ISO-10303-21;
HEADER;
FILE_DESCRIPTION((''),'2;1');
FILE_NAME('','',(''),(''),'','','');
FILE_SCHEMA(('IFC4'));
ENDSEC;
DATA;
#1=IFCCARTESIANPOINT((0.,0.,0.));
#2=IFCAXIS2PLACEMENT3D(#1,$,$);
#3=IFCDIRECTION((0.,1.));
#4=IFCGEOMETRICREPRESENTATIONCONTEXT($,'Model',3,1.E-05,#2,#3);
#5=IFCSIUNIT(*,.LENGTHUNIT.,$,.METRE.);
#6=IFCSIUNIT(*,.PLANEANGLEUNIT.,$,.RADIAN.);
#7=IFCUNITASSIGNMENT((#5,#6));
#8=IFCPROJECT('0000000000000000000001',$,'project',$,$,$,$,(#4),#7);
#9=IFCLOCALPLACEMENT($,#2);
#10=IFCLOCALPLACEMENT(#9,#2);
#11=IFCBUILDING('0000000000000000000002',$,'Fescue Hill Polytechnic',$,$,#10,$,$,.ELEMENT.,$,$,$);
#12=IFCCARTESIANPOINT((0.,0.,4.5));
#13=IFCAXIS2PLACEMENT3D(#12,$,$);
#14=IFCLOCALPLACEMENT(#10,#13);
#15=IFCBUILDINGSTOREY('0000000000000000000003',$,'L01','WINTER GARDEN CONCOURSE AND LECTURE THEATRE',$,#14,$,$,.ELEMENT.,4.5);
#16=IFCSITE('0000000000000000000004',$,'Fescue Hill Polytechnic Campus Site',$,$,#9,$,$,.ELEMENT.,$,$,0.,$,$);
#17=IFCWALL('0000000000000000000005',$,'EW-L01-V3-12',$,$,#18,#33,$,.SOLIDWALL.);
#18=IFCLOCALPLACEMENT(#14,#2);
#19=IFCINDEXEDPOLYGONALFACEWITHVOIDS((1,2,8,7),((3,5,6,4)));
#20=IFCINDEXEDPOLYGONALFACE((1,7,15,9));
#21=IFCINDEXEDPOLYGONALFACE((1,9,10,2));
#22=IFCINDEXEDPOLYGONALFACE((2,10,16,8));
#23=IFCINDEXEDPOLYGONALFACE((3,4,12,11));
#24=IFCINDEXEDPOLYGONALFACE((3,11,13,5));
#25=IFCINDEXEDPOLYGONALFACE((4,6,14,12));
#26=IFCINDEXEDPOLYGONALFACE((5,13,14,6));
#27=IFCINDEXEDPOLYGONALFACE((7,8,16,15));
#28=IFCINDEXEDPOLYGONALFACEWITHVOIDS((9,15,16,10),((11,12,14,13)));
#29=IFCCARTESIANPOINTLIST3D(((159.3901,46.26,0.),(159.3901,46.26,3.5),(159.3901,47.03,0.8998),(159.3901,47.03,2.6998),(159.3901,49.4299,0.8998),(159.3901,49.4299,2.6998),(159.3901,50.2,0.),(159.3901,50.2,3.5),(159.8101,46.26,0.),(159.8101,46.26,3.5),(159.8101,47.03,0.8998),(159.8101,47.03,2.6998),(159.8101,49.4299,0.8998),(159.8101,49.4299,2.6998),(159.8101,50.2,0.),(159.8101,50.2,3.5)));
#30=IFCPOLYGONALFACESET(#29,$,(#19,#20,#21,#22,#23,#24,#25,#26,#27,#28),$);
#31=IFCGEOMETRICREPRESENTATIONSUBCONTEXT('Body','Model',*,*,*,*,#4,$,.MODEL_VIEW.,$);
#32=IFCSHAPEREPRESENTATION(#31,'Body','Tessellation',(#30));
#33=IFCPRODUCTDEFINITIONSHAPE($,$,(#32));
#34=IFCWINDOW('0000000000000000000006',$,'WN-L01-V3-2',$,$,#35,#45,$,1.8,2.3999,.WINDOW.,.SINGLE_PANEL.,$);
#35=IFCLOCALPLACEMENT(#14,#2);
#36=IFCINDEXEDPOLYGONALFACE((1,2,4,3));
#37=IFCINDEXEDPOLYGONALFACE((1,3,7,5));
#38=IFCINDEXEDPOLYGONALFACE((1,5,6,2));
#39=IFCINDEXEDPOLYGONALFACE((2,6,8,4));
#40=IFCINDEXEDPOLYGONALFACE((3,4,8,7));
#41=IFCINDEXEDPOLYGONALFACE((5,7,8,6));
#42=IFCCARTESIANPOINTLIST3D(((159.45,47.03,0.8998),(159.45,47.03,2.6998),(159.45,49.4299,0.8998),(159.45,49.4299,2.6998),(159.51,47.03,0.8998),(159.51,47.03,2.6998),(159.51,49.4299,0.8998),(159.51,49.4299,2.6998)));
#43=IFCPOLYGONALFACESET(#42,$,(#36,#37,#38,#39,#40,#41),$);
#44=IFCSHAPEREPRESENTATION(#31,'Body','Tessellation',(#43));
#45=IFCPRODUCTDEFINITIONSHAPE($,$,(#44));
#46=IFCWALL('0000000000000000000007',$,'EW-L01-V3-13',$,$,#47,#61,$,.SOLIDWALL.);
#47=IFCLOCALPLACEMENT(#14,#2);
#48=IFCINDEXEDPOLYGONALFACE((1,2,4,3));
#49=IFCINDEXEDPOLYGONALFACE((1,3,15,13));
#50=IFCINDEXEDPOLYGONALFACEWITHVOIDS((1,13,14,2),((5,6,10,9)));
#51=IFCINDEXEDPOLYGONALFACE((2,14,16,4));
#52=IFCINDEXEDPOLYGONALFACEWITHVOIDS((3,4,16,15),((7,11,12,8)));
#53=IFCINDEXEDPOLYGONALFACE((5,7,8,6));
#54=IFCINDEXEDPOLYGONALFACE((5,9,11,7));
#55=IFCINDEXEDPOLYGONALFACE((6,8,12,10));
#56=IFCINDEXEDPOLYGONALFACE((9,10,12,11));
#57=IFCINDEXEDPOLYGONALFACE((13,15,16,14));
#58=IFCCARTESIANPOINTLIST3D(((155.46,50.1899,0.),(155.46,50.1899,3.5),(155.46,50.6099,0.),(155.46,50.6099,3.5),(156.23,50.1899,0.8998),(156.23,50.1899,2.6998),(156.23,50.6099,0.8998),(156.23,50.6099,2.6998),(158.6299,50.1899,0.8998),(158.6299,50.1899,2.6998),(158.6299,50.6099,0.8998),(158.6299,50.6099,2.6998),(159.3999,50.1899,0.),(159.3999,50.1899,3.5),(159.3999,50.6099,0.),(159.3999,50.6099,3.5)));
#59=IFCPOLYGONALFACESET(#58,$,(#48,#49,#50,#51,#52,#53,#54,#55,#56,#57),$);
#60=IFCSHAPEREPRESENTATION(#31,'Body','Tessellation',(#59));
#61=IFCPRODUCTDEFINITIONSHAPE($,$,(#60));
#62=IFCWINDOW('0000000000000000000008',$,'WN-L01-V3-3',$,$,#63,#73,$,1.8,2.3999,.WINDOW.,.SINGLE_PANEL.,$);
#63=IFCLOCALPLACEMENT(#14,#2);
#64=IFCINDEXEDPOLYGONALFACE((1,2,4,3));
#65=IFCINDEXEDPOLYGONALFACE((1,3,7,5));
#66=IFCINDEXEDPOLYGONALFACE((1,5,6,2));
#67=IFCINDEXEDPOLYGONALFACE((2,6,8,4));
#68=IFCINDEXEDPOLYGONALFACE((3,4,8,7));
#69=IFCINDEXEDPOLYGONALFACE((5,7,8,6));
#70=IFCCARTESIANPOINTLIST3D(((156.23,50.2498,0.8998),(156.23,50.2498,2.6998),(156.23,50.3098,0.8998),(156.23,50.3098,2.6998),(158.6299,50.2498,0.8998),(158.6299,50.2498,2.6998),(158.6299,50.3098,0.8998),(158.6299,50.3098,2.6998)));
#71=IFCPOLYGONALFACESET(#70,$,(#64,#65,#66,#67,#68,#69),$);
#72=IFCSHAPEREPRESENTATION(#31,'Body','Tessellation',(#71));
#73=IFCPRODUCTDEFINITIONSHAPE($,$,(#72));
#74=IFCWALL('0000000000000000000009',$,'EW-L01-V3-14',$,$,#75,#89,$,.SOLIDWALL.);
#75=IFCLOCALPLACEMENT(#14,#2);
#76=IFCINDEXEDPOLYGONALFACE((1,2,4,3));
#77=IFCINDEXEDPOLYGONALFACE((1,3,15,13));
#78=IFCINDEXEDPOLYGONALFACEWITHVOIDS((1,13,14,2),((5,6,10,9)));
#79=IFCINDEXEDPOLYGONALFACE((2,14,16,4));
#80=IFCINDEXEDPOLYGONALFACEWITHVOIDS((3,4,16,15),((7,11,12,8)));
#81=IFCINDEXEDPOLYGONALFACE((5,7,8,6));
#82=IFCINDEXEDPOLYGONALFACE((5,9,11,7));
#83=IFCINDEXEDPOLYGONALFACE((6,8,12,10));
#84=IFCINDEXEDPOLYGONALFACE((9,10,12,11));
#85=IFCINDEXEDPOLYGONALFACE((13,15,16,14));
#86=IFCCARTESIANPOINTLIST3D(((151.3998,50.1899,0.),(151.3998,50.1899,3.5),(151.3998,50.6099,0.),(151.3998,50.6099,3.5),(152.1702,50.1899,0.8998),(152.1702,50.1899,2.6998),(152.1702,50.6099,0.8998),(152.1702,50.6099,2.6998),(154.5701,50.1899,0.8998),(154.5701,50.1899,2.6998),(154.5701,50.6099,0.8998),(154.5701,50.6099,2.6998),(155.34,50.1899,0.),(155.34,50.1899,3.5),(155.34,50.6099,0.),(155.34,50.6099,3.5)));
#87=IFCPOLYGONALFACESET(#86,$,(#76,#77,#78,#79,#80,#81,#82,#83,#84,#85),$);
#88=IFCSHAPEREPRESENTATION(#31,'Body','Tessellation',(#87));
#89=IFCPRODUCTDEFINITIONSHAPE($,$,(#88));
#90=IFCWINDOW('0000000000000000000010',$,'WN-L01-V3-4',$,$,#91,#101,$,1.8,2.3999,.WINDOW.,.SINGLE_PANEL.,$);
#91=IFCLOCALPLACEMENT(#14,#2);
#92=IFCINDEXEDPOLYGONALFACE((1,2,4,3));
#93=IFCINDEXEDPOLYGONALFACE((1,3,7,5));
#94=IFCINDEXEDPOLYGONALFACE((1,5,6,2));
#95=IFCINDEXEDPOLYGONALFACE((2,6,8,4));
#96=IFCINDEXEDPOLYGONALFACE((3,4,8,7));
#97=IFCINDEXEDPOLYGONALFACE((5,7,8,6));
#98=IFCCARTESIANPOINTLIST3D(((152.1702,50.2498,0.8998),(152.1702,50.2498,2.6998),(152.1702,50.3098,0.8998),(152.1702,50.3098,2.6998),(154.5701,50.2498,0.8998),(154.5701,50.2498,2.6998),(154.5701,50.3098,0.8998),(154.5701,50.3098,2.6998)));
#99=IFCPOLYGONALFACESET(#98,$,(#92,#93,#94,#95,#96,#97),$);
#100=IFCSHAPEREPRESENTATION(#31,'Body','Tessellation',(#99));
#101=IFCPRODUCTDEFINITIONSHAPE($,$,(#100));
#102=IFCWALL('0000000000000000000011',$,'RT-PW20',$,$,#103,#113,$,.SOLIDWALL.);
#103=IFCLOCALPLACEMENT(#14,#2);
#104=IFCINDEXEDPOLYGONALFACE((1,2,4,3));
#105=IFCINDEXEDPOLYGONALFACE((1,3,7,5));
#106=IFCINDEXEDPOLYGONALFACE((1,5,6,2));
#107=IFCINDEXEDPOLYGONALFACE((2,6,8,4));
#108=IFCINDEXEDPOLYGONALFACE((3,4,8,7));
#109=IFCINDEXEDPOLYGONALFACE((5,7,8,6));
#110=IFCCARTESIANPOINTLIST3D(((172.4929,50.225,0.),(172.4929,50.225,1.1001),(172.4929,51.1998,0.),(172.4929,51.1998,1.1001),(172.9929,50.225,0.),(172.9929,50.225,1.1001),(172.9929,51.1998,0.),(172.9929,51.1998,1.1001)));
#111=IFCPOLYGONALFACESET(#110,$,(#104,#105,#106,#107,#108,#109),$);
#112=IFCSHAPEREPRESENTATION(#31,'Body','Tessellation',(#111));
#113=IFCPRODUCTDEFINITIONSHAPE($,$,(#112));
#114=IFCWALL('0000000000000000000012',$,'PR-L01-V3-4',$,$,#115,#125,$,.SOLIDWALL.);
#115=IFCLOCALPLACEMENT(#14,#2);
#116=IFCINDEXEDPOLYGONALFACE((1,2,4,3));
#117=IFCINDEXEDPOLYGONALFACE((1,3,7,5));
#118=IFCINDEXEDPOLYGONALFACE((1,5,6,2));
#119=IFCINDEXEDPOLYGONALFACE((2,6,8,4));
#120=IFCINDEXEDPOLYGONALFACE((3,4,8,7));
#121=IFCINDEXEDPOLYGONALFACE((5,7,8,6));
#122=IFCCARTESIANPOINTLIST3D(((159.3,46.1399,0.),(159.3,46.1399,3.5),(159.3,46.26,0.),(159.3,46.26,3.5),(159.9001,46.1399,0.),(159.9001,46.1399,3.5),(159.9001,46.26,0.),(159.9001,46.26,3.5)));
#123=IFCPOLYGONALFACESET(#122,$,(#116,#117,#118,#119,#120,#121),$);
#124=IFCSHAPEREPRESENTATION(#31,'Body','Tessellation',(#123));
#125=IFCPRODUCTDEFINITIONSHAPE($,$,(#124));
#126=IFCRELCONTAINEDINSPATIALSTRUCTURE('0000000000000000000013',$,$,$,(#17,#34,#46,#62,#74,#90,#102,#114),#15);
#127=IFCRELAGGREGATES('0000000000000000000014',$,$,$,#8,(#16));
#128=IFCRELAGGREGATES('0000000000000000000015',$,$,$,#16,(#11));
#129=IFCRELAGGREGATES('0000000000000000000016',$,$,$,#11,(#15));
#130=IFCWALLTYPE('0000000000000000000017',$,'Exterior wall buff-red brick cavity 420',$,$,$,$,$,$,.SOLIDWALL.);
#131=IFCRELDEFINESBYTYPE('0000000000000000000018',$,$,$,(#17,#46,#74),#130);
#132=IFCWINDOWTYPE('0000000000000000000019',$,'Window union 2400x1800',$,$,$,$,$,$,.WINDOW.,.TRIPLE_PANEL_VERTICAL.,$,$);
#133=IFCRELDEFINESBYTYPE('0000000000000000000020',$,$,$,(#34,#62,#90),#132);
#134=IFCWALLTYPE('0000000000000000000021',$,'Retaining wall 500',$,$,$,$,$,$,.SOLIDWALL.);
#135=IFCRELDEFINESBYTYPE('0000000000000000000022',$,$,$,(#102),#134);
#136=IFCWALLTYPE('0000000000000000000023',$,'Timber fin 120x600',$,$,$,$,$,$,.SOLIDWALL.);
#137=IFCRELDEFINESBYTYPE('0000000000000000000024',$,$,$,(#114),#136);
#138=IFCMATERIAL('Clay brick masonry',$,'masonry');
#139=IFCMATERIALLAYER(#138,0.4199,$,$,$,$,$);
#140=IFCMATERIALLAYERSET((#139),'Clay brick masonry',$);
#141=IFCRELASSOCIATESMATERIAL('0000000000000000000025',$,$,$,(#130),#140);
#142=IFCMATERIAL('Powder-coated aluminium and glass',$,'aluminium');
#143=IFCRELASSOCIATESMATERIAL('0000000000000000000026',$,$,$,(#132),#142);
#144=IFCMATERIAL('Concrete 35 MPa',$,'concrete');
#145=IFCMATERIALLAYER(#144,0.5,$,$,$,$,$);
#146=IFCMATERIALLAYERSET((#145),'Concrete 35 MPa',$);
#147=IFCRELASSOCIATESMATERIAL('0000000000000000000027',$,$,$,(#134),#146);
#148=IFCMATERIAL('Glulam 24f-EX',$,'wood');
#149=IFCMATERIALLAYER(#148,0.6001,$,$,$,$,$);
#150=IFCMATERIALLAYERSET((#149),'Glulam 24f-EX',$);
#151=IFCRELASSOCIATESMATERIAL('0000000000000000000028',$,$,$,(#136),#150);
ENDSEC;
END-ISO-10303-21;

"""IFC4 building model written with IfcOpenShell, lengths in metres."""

from ifc_helpers import new_model, si_unit, direction, frame, frame_2d, origin, place, context, subcontext, project, spatial, rectangle, extrude, material, layer, layer_set, type_object, element, fill, save


model = new_model("IFC4")

# Units and contexts
model_context = context("Model", 3, precision=1e-05, world=origin(), true_north=direction((0.0, 1.0)))
body_context = subcontext(model_context, "Body", "Model", "MODEL_VIEW")
ifc_project = project(units=[si_unit("LENGTHUNIT", "METRE"), si_unit("PLANEANGLEUNIT", "RADIAN")], contexts=[model_context])

# Site, building, storey
site_placement = place(None, origin())
site = spatial("IfcSite", under=ifc_project, at=site_placement, Name="Fescue Hill Polytechnic Campus Site", CompositionType="ELEMENT", RefElevation=0.0)
building_placement = place(site_placement, origin())
building = spatial("IfcBuilding", under=site, at=building_placement, Name="Fescue Hill Polytechnic", CompositionType="ELEMENT")
storey_placement = place(building_placement, frame((0.0, 0.0, 4.5)))
storey = spatial("IfcBuildingStorey", under=building, at=storey_placement, Name="L01", Description="WINTER GARDEN CONCOURSE AND LECTURE THEATRE", CompositionType="ELEMENT", Elevation=4.5)

# Walls, openings, windows
ifc_material_1 = material(Name="Clay brick masonry", Category="masonry")
ifc_layer_1 = layer(ifc_material_1, 0.4199)
ifc_layer_set_1 = layer_set([ifc_layer_1], Name="Clay brick masonry")
wall_type_1 = type_object("IfcWallType", Name="Exterior wall buff-red brick cavity 420", PredefinedType="SOLIDWALL", material=ifc_layer_set_1)
wall_1_placement = place(storey_placement, frame((159.6001, 46.26, 0.0), z_axis=(0.0, 0.0, 1.0), x_axis=(0.0, 1.0, 0.0)))
wall_1 = element("IfcWall", 1, at=wall_1_placement, inside=storey, type_object=wall_type_1, Name="EW-L01-V3-12", PredefinedType="SOLIDWALL", context=body_context, shape_type="SweptSolid", body=[
    extrude(rectangle(XDim=3.9399, YDim=0.4199, at=frame_2d((1.97, 0.0))), origin(), (0.0, 0.0, 1.0), 3.5),
])
opening_1_placement = place(wall_1_placement, frame((0.77, 0.0, 0.8999)))
opening_1 = element("IfcOpeningElement", 2, at=opening_1_placement, cuts=wall_1, PredefinedType="OPENING", context=body_context, shape_type="SweptSolid", body=[
    extrude(rectangle(XDim=2.3999, YDim=1.8, at=frame_2d((1.2, 0.8999))), frame((0.0, 0.22, 0.0), z_axis=(0.0, -1.0, 0.0), x_axis=(1.0, 0.0, 0.0)), (0.0, 0.0, 1.0), 0.4399),
])
ifc_material_2 = material(Name="Powder-coated aluminium and glass", Category="aluminium")
window_type = type_object("IfcWindowType", Name="Window union 2400x1800", PartitioningType="TRIPLE_PANEL_VERTICAL", PredefinedType="WINDOW", material=ifc_material_2)
window_1_placement = place(opening_1_placement, origin())
window_1 = element("IfcWindow", 3, at=window_1_placement, inside=storey, type_object=window_type, Name="WN-L01-V3-2", OverallHeight=1.8, OverallWidth=2.3999, PartitioningType="SINGLE_PANEL", PredefinedType="WINDOW", context=body_context, shape_type="SweptSolid", body=[
    extrude(rectangle(XDim=2.3999, YDim=1.8, at=frame_2d((1.2, 0.8999))), frame((0.0, 0.1501, 0.0), z_axis=(0.0, -1.0, 0.0), x_axis=(1.0, 0.0, 0.0)), (0.0, 0.0, 1.0), 0.0601),
])
fill(opening_1, window_1)
wall_2_placement = place(storey_placement, frame((159.3999, 50.3999, 0.0), z_axis=(0.0, 0.0, 1.0), x_axis=(-1.0, 0.0, 0.0)))
wall_2 = element("IfcWall", 4, at=wall_2_placement, inside=storey, type_object=wall_type_1, Name="EW-L01-V3-13", PredefinedType="SOLIDWALL", context=body_context, shape_type="SweptSolid", body=[
    extrude(rectangle(XDim=3.9399, YDim=0.4199, at=frame_2d((1.97, 0.0))), origin(), (0.0, 0.0, 1.0), 3.5),
])
opening_2_placement = place(wall_2_placement, frame((0.77, 0.0, 0.8999)))
opening_2 = element("IfcOpeningElement", 5, at=opening_2_placement, cuts=wall_2, PredefinedType="OPENING", context=body_context, shape_type="SweptSolid", body=[
    extrude(rectangle(XDim=2.3999, YDim=1.8, at=frame_2d((1.2, 0.8999))), frame((0.0, 0.22, 0.0), z_axis=(0.0, -1.0, 0.0), x_axis=(1.0, 0.0, 0.0)), (0.0, 0.0, 1.0), 0.4399),
])
window_2_placement = place(opening_2_placement, origin())
window_2 = element("IfcWindow", 6, at=window_2_placement, inside=storey, type_object=window_type, Name="WN-L01-V3-3", OverallHeight=1.8, OverallWidth=2.3999, PartitioningType="SINGLE_PANEL", PredefinedType="WINDOW", context=body_context, shape_type="SweptSolid", body=[
    extrude(rectangle(XDim=2.3999, YDim=1.8, at=frame_2d((1.2, 0.8999))), frame((0.0, 0.1501, 0.0), z_axis=(0.0, -1.0, 0.0), x_axis=(1.0, 0.0, 0.0)), (0.0, 0.0, 1.0), 0.0601),
])
fill(opening_2, window_2)
wall_3_placement = place(storey_placement, frame((155.3401, 50.3999, 0.0), z_axis=(0.0, 0.0, 1.0), x_axis=(-1.0, 0.0, 0.0)))
wall_3 = element("IfcWall", 7, at=wall_3_placement, inside=storey, type_object=wall_type_1, Name="EW-L01-V3-14", PredefinedType="SOLIDWALL", context=body_context, shape_type="SweptSolid", body=[
    extrude(rectangle(XDim=3.9402, YDim=0.4199, at=frame_2d((1.9702, 0.0))), origin(), (0.0, 0.0, 1.0), 3.5),
])
opening_3_placement = place(wall_3_placement, frame((0.77, 0.0, 0.8999)))
opening_3 = element("IfcOpeningElement", 8, at=opening_3_placement, cuts=wall_3, PredefinedType="OPENING", context=body_context, shape_type="SweptSolid", body=[
    extrude(rectangle(XDim=2.3999, YDim=1.8, at=frame_2d((1.2, 0.8999))), frame((0.0, 0.22, 0.0), z_axis=(0.0, -1.0, 0.0), x_axis=(1.0, 0.0, 0.0)), (0.0, 0.0, 1.0), 0.4399),
])
window_3_placement = place(opening_3_placement, origin())
window_3 = element("IfcWindow", 9, at=window_3_placement, inside=storey, type_object=window_type, Name="WN-L01-V3-4", OverallHeight=1.8, OverallWidth=2.3999, PartitioningType="SINGLE_PANEL", PredefinedType="WINDOW", context=body_context, shape_type="SweptSolid", body=[
    extrude(rectangle(XDim=2.3999, YDim=1.8, at=frame_2d((1.2, 0.8999))), frame((0.0, 0.1501, 0.0), z_axis=(0.0, -1.0, 0.0), x_axis=(1.0, 0.0, 0.0)), (0.0, 0.0, 1.0), 0.0601),
])
fill(opening_3, window_3)

# Walls
ifc_material_3 = material(Name="Concrete 35 MPa", Category="concrete")
ifc_layer_2 = layer(ifc_material_3, 0.5)
ifc_layer_set_2 = layer_set([ifc_layer_2], Name="Concrete 35 MPa")
wall_type_2 = type_object("IfcWallType", Name="Retaining wall 500", PredefinedType="SOLIDWALL", material=ifc_layer_set_2)
wall_4_placement = place(storey_placement, frame((172.7429, 50.2251, 0.0), z_axis=(0.0, 0.0, 1.0), x_axis=(0.0, 1.0, 0.0)))
element("IfcWall", 10, at=wall_4_placement, inside=storey, type_object=wall_type_2, Name="RT-PW20", PredefinedType="SOLIDWALL", context=body_context, shape_type="SweptSolid", body=[
    extrude(rectangle(XDim=0.9749, YDim=0.5, at=frame_2d((0.4873, 0.0))), origin(), (0.0, 0.0, 1.0), 1.1001),
])
ifc_material_4 = material(Name="Glulam 24f-EX", Category="wood")
ifc_layer_3 = layer(ifc_material_4, 0.6001)
ifc_layer_set_3 = layer_set([ifc_layer_3], Name="Glulam 24f-EX")
wall_type_3 = type_object("IfcWallType", Name="Timber fin 120x600", PredefinedType="SOLIDWALL", material=ifc_layer_set_3)
wall_5_placement = place(storey_placement, frame((159.6001, 46.1399, 0.0), z_axis=(0.0, 0.0, 1.0), x_axis=(0.0, 1.0, 0.0)))
element("IfcWall", 11, at=wall_5_placement, inside=storey, type_object=wall_type_3, Name="PR-L01-V3-4", PredefinedType="SOLIDWALL", context=body_context, shape_type="SweptSolid", body=[
    extrude(rectangle(XDim=0.1201, YDim=0.6001, at=frame_2d((0.0601, 0.0))), origin(), (0.0, 0.0, 1.0), 3.5),
])

save(model, "model.ifc")
